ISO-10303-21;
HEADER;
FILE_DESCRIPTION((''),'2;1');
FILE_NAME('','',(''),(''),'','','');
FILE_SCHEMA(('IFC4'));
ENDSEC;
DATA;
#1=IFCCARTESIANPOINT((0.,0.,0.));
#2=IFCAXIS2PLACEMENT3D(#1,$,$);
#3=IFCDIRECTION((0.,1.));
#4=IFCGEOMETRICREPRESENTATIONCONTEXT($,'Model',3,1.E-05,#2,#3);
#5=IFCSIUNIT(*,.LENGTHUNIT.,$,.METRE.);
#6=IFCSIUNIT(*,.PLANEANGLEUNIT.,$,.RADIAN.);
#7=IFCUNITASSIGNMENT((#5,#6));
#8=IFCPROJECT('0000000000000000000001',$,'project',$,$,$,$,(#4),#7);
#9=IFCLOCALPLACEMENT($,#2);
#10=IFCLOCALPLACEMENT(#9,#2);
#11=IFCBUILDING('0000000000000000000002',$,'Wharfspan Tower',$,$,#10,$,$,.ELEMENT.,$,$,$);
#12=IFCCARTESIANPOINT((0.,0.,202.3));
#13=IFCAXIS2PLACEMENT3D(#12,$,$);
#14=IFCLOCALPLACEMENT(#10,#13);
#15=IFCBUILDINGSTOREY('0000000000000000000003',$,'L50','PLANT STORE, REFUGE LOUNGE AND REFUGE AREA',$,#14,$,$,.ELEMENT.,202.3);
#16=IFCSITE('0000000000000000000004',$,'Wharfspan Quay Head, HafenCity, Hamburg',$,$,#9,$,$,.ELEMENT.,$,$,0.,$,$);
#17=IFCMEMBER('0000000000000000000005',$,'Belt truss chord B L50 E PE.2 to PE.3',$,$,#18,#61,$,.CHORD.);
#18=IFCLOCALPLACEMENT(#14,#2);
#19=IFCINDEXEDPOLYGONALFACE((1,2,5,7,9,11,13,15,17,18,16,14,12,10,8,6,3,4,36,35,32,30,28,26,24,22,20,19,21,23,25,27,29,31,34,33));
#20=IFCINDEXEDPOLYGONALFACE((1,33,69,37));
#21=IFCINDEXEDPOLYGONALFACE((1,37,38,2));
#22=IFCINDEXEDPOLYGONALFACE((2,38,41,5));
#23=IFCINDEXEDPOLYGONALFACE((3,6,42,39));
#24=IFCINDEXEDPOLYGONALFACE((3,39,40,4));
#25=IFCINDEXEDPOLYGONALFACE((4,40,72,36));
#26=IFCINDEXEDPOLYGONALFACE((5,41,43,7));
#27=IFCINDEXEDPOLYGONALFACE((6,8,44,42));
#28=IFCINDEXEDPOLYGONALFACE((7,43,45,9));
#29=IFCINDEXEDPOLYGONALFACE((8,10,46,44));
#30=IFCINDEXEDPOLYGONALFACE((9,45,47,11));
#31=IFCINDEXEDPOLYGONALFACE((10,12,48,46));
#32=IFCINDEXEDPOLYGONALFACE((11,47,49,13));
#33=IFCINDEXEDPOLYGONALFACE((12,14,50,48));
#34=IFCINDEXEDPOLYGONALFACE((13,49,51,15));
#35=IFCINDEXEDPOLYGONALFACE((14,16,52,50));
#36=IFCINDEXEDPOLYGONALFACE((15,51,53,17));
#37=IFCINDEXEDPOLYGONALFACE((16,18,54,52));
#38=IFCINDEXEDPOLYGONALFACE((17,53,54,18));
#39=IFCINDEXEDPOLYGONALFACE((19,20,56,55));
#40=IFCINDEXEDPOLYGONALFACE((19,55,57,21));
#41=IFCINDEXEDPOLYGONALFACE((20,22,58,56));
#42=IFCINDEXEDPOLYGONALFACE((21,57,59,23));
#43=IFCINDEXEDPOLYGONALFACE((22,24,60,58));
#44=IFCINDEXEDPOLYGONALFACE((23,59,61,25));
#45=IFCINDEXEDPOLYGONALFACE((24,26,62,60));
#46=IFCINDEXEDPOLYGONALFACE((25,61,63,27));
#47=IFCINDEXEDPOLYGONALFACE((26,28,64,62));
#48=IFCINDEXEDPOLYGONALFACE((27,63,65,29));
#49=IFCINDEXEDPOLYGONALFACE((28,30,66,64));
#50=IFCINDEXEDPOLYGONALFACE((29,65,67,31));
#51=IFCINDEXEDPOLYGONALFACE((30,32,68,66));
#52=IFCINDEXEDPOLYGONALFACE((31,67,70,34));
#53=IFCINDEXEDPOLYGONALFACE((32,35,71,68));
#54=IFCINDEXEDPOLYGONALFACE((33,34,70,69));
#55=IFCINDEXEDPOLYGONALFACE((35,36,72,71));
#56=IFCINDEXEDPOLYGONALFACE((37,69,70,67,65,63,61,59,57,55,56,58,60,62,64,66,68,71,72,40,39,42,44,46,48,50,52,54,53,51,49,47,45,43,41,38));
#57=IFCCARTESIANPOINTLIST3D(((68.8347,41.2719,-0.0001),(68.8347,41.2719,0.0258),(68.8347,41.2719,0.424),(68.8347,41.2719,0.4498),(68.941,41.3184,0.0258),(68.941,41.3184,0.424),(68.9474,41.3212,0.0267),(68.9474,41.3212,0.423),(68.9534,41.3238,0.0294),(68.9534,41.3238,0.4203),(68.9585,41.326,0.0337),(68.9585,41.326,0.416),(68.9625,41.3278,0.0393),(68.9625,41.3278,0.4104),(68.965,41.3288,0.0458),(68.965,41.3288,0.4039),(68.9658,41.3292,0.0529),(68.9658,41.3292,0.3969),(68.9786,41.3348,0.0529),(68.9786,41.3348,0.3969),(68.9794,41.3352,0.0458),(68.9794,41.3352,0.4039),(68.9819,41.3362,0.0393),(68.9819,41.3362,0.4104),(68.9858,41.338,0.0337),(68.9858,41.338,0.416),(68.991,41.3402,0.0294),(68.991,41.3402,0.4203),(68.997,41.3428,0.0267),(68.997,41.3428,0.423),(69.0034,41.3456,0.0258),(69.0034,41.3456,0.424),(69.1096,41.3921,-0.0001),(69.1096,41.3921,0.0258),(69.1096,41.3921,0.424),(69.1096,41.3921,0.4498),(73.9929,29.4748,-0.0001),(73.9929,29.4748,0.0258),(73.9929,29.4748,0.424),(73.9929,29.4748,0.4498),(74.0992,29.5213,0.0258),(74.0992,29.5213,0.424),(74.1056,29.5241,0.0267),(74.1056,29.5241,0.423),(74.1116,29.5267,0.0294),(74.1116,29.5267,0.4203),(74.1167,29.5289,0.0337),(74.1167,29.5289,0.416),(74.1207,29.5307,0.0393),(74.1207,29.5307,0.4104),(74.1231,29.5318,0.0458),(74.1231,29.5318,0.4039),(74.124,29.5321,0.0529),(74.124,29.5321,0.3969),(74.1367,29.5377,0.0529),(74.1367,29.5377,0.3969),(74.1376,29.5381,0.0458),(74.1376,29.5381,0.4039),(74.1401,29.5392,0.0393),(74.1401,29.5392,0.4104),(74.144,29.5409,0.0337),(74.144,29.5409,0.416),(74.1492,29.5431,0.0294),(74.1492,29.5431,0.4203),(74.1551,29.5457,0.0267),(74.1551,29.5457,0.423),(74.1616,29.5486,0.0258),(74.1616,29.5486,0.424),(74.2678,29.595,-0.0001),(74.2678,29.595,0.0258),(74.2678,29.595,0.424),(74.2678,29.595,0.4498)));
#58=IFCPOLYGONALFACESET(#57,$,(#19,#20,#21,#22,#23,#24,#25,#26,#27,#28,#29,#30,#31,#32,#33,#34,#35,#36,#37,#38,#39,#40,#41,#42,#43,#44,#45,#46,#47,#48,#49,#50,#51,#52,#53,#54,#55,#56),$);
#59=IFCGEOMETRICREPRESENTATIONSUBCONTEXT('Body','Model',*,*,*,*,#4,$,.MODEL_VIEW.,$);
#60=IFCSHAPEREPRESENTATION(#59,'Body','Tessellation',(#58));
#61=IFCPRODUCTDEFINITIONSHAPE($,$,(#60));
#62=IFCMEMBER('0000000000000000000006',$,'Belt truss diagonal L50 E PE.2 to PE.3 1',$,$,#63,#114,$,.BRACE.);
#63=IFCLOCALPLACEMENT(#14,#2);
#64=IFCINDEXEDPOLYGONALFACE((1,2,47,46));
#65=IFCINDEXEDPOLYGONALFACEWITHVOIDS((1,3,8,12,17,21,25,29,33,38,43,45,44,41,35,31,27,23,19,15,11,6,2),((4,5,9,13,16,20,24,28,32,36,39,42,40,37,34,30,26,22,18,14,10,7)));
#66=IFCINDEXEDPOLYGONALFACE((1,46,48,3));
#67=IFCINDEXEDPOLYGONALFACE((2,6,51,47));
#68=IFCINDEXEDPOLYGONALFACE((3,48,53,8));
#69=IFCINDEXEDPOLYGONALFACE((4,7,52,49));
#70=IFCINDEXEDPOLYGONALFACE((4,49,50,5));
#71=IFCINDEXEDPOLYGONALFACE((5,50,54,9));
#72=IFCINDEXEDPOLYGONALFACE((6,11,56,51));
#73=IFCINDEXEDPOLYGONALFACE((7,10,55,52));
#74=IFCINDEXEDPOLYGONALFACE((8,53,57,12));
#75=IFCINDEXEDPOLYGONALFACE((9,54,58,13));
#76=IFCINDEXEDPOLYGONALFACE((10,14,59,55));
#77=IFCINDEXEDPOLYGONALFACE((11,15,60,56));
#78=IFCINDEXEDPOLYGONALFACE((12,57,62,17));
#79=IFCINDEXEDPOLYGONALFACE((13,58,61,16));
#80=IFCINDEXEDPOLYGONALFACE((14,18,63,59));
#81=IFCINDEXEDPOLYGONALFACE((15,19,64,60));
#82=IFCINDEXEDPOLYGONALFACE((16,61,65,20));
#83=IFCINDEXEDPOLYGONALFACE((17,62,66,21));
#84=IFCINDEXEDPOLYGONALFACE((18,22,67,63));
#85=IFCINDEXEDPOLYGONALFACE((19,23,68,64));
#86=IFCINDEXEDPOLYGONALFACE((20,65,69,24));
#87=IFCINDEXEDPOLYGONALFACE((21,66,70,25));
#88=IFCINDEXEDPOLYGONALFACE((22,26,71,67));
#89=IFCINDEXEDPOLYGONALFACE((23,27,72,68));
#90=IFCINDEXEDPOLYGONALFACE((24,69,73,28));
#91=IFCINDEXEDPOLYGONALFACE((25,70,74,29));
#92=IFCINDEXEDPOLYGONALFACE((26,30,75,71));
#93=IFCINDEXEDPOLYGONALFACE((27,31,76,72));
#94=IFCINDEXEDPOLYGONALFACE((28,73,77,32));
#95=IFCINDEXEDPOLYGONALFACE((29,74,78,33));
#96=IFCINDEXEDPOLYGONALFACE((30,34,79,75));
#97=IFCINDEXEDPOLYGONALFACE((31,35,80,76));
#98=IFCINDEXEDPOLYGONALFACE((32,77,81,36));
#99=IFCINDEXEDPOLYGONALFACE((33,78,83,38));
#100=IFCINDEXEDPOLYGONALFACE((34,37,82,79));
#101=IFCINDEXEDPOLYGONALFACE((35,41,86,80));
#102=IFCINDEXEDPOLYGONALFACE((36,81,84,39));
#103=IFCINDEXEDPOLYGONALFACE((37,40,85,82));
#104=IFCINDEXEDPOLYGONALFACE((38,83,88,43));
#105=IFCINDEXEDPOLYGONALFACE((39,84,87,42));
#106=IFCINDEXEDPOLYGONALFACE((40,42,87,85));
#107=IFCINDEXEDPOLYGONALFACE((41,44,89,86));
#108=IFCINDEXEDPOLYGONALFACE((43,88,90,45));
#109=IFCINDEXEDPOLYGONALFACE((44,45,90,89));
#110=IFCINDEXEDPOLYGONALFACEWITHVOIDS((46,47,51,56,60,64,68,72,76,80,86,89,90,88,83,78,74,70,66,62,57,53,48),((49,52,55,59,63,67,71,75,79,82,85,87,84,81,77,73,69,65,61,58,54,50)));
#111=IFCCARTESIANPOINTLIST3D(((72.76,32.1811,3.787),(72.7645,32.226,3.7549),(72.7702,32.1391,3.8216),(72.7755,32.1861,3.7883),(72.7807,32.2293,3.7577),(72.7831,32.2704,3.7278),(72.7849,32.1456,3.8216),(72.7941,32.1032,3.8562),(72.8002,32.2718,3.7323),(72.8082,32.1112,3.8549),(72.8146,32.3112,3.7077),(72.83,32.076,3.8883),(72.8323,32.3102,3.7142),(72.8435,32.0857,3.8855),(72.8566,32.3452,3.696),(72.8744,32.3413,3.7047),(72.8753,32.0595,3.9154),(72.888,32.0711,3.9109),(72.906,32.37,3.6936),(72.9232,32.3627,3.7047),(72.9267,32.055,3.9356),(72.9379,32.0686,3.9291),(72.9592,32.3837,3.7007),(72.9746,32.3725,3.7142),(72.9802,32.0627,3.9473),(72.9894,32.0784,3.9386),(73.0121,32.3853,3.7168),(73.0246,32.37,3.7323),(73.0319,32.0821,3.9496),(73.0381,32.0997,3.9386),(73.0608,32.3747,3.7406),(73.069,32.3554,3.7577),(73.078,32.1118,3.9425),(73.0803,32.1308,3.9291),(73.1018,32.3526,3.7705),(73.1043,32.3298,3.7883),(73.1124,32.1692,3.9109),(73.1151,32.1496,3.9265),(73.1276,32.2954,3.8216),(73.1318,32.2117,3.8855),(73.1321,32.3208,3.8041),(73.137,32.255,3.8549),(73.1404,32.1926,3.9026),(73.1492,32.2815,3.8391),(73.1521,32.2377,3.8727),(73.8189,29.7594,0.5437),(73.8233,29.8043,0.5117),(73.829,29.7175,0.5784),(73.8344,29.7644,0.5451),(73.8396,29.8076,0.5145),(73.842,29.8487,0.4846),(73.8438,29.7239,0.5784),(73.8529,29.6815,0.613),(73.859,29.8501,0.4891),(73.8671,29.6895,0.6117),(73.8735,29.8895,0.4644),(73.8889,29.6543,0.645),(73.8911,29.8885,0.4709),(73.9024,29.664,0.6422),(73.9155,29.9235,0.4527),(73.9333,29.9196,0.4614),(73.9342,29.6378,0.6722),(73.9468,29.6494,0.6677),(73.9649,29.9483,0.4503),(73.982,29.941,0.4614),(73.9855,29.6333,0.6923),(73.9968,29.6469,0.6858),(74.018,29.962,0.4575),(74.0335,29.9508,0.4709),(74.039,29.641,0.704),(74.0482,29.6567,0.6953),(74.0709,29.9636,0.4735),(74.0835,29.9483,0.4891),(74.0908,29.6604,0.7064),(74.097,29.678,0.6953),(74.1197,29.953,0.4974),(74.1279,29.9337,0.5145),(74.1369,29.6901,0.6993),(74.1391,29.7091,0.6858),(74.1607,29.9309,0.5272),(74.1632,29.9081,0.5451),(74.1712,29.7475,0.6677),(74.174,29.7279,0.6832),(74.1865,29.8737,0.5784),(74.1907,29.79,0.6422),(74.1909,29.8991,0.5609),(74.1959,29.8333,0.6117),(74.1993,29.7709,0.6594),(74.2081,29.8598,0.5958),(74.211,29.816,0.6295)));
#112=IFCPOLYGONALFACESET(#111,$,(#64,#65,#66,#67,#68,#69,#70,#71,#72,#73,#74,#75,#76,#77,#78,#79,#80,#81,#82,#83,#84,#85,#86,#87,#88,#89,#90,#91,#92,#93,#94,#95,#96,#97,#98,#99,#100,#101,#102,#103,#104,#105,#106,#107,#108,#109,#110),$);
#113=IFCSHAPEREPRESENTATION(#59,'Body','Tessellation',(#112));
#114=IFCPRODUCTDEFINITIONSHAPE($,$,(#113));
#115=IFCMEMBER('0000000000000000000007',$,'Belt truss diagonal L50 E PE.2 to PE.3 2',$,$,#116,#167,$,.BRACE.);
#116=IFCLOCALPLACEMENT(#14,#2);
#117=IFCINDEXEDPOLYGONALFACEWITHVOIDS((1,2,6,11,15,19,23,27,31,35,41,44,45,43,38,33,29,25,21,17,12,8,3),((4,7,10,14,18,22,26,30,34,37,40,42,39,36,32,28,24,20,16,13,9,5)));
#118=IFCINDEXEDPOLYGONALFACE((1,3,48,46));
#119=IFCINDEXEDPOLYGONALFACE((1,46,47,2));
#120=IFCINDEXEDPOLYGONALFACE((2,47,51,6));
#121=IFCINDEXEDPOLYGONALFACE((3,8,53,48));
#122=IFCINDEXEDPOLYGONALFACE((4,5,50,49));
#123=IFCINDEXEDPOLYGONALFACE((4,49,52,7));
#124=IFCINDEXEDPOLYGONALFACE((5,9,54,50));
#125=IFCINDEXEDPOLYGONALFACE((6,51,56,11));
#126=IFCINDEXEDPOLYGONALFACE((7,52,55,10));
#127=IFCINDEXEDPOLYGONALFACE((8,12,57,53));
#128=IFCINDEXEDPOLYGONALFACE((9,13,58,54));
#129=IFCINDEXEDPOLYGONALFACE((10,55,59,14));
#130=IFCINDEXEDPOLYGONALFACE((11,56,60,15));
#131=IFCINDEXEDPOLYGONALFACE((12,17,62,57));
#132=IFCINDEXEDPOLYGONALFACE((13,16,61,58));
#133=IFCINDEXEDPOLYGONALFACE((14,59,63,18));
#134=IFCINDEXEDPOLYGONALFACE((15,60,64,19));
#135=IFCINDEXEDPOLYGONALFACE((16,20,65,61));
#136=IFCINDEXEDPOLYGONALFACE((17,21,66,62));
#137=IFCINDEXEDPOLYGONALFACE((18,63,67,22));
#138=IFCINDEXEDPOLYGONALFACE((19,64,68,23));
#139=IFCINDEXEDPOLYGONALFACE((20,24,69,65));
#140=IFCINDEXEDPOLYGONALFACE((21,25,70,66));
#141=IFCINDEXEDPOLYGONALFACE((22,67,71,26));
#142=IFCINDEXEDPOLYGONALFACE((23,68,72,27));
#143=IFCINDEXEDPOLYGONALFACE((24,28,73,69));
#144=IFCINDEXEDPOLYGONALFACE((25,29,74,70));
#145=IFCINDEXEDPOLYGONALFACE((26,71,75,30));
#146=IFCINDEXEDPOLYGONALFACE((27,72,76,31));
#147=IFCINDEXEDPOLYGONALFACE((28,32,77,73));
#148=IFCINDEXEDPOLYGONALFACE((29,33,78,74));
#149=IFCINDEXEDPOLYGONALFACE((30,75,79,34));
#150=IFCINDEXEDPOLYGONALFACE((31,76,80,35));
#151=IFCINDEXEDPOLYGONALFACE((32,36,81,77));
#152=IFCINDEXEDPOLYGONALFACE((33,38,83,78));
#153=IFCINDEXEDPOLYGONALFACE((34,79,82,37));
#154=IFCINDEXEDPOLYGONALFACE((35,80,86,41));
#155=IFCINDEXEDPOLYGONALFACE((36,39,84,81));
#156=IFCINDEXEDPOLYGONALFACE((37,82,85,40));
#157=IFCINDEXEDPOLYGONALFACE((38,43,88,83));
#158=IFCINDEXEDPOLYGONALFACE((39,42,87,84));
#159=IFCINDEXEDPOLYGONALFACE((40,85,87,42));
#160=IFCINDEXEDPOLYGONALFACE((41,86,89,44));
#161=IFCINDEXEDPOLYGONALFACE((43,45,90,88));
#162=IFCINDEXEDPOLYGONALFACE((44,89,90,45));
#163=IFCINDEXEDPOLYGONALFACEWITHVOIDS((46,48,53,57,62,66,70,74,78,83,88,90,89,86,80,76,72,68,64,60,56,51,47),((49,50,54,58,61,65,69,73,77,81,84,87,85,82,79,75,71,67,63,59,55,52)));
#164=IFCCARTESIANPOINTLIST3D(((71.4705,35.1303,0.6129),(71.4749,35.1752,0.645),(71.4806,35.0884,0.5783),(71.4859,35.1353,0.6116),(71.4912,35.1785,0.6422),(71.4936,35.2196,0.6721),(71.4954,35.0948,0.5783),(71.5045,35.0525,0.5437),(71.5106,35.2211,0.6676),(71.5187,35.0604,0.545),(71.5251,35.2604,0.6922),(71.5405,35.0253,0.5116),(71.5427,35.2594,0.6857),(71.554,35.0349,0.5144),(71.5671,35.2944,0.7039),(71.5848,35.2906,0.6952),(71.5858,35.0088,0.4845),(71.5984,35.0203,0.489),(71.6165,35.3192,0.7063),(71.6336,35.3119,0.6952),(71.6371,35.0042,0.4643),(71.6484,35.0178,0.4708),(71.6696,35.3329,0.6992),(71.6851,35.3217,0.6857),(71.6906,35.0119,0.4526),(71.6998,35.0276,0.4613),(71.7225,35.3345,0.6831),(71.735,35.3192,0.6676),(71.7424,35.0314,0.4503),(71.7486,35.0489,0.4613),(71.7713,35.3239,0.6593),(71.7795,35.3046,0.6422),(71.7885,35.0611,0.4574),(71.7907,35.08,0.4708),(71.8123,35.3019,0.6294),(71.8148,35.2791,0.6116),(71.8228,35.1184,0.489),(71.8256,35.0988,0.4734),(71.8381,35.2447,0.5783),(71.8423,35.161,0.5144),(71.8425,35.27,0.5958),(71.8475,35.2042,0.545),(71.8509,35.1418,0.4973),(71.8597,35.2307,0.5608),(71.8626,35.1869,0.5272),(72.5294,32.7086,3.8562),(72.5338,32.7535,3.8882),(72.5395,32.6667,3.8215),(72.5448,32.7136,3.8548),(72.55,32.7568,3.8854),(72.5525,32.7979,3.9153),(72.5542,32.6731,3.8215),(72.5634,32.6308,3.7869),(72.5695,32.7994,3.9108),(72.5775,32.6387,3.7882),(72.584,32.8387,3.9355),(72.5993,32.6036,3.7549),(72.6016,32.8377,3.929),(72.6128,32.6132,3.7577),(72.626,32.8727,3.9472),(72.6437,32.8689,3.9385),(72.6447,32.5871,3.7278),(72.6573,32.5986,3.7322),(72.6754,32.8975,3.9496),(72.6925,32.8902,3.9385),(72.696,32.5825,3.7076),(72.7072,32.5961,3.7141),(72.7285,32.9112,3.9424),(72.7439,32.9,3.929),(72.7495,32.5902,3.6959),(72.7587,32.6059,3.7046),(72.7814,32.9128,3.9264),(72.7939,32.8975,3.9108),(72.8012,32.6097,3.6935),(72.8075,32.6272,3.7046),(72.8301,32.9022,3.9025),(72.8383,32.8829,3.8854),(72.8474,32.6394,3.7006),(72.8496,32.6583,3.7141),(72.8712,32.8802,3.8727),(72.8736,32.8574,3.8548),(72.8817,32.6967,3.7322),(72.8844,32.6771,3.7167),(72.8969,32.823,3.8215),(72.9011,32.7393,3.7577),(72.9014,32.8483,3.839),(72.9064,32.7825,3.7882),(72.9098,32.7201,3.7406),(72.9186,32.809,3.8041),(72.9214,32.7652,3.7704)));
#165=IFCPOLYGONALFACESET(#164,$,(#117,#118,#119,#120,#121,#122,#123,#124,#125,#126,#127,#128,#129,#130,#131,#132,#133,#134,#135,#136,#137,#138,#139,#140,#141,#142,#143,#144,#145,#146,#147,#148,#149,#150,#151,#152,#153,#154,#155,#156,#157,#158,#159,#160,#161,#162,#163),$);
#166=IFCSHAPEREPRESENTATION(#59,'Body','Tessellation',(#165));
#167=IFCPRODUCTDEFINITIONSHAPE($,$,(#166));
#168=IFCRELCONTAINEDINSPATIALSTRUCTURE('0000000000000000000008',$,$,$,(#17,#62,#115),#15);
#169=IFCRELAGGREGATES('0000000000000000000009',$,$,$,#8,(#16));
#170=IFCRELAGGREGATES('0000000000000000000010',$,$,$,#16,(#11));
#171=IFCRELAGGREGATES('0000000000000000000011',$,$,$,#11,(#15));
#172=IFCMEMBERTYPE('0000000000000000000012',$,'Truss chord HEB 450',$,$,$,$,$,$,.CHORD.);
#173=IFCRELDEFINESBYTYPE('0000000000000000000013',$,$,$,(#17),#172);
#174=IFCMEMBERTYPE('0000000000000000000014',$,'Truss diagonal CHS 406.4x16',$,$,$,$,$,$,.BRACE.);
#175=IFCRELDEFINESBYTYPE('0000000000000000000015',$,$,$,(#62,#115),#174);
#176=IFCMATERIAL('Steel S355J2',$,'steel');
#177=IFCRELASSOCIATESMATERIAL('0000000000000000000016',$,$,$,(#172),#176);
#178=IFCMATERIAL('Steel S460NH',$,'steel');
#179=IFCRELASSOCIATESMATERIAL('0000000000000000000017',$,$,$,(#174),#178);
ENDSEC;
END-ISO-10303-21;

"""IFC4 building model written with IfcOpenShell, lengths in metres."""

from ifc_helpers import new_model, si_unit, direction, frame, origin, origin_2d, place, context, subcontext, project, spatial, hollow_circle, i_section, extrude, material, material_profile, profile_set, type_object, element, save


model = new_model("IFC4")

# Units and contexts
model_context = context("Model", 3, precision=1e-05, world=origin(), true_north=direction((0.0, 1.0)))
body_context = subcontext(model_context, "Body", "Model", "MODEL_VIEW")
ifc_project = project(units=[si_unit("LENGTHUNIT", "METRE"), si_unit("PLANEANGLEUNIT", "RADIAN")], contexts=[model_context])

# Site, building, storey
site_placement = place(None, origin())
site = spatial("IfcSite", under=ifc_project, at=site_placement, Name="Wharfspan Quay Head, HafenCity, Hamburg", CompositionType="ELEMENT", RefElevation=0.0)
building_placement = place(site_placement, origin())
building = spatial("IfcBuilding", under=site, at=building_placement, Name="Wharfspan Tower", CompositionType="ELEMENT")
storey_placement = place(building_placement, frame((0.0, 0.0, 202.3)))
storey = spatial("IfcBuildingStorey", under=building, at=storey_placement, Name="L50", Description="PLANT STORE, REFUGE LOUNGE AND REFUGE AREA", CompositionType="ELEMENT", Elevation=202.3)

# Shared definitions
ifc_material_1 = material(Name="Steel S460NH", Category="steel")

# Members
ifc_material_2 = material(Name="Steel S355J2", Category="steel")
ifc_material_profile_1 = material_profile(ifc_material_2, i_section(OverallWidth=0.3, OverallDepth=0.45, WebThickness=0.0139, FlangeThickness=0.0259, FilletRadius=0.0271, at=origin_2d()))
ifc_profile_set_1 = profile_set([ifc_material_profile_1], Name="Steel S355J2")
member_type_1 = type_object("IfcMemberType", Name="Truss chord HEB 450", PredefinedType="CHORD", material=ifc_profile_set_1)
for number, where, z_axis, x_axis, name in (
    (1, (74.1304, 29.5349, 0.2249), (-0.400621, 0.916244, 0.0), (-0.916244, -0.400621, 0.0), "Belt truss chord B L50 E PE.2 to PE.3"),
):
    element("IfcMember", number, at=place(storey_placement, frame(where, z_axis=z_axis, x_axis=x_axis)), inside=storey, type_object=member_type_1, Name=name, PredefinedType="CHORD", context=body_context, shape_type="SweptSolid", body=[
        extrude(i_section(OverallWidth=0.3, OverallDepth=0.45, WebThickness=0.0139, FlangeThickness=0.0259, FilletRadius=0.0271, at=origin_2d()), origin(), (0.0, 0.0, 1.0), 12.8755),
    ])
ifc_material_profile_2 = material_profile(ifc_material_1, hollow_circle(Radius=0.2031, WallThickness=0.0161, at=origin_2d()))
ifc_profile_set_2 = profile_set([ifc_material_profile_2], Name="Steel S460NH")
member_type_2 = type_object("IfcMemberType", Name="Truss diagonal CHS 406.4x16", PredefinedType="BRACE", material=ifc_profile_set_2)
for number, where, z_axis, x_axis, name in (
    (2, (74.0151, 29.7988, 0.5784), (-0.253085, 0.578822, 0.775186), (-0.916245, -0.400619, -0.000001), "Belt truss diagonal L50 E PE.2 to PE.3 1"),
    (3, (72.7256, 32.748, 3.8215), (-0.253085, 0.578822, -0.775186), (-0.916245, -0.400619, 0.000001), "Belt truss diagonal L50 E PE.2 to PE.3 2"),
):
    element("IfcMember", number, at=place(storey_placement, frame(where, z_axis=z_axis, x_axis=x_axis)), inside=storey, type_object=member_type_2, Name=name, PredefinedType="BRACE", context=body_context, shape_type="SweptSolid", body=[
        extrude(hollow_circle(Radius=0.2031, WallThickness=0.0161, at=origin_2d()), origin(), (0.0, 0.0, 1.0), 4.1838),
    ])

save(model, "model.ifc")
